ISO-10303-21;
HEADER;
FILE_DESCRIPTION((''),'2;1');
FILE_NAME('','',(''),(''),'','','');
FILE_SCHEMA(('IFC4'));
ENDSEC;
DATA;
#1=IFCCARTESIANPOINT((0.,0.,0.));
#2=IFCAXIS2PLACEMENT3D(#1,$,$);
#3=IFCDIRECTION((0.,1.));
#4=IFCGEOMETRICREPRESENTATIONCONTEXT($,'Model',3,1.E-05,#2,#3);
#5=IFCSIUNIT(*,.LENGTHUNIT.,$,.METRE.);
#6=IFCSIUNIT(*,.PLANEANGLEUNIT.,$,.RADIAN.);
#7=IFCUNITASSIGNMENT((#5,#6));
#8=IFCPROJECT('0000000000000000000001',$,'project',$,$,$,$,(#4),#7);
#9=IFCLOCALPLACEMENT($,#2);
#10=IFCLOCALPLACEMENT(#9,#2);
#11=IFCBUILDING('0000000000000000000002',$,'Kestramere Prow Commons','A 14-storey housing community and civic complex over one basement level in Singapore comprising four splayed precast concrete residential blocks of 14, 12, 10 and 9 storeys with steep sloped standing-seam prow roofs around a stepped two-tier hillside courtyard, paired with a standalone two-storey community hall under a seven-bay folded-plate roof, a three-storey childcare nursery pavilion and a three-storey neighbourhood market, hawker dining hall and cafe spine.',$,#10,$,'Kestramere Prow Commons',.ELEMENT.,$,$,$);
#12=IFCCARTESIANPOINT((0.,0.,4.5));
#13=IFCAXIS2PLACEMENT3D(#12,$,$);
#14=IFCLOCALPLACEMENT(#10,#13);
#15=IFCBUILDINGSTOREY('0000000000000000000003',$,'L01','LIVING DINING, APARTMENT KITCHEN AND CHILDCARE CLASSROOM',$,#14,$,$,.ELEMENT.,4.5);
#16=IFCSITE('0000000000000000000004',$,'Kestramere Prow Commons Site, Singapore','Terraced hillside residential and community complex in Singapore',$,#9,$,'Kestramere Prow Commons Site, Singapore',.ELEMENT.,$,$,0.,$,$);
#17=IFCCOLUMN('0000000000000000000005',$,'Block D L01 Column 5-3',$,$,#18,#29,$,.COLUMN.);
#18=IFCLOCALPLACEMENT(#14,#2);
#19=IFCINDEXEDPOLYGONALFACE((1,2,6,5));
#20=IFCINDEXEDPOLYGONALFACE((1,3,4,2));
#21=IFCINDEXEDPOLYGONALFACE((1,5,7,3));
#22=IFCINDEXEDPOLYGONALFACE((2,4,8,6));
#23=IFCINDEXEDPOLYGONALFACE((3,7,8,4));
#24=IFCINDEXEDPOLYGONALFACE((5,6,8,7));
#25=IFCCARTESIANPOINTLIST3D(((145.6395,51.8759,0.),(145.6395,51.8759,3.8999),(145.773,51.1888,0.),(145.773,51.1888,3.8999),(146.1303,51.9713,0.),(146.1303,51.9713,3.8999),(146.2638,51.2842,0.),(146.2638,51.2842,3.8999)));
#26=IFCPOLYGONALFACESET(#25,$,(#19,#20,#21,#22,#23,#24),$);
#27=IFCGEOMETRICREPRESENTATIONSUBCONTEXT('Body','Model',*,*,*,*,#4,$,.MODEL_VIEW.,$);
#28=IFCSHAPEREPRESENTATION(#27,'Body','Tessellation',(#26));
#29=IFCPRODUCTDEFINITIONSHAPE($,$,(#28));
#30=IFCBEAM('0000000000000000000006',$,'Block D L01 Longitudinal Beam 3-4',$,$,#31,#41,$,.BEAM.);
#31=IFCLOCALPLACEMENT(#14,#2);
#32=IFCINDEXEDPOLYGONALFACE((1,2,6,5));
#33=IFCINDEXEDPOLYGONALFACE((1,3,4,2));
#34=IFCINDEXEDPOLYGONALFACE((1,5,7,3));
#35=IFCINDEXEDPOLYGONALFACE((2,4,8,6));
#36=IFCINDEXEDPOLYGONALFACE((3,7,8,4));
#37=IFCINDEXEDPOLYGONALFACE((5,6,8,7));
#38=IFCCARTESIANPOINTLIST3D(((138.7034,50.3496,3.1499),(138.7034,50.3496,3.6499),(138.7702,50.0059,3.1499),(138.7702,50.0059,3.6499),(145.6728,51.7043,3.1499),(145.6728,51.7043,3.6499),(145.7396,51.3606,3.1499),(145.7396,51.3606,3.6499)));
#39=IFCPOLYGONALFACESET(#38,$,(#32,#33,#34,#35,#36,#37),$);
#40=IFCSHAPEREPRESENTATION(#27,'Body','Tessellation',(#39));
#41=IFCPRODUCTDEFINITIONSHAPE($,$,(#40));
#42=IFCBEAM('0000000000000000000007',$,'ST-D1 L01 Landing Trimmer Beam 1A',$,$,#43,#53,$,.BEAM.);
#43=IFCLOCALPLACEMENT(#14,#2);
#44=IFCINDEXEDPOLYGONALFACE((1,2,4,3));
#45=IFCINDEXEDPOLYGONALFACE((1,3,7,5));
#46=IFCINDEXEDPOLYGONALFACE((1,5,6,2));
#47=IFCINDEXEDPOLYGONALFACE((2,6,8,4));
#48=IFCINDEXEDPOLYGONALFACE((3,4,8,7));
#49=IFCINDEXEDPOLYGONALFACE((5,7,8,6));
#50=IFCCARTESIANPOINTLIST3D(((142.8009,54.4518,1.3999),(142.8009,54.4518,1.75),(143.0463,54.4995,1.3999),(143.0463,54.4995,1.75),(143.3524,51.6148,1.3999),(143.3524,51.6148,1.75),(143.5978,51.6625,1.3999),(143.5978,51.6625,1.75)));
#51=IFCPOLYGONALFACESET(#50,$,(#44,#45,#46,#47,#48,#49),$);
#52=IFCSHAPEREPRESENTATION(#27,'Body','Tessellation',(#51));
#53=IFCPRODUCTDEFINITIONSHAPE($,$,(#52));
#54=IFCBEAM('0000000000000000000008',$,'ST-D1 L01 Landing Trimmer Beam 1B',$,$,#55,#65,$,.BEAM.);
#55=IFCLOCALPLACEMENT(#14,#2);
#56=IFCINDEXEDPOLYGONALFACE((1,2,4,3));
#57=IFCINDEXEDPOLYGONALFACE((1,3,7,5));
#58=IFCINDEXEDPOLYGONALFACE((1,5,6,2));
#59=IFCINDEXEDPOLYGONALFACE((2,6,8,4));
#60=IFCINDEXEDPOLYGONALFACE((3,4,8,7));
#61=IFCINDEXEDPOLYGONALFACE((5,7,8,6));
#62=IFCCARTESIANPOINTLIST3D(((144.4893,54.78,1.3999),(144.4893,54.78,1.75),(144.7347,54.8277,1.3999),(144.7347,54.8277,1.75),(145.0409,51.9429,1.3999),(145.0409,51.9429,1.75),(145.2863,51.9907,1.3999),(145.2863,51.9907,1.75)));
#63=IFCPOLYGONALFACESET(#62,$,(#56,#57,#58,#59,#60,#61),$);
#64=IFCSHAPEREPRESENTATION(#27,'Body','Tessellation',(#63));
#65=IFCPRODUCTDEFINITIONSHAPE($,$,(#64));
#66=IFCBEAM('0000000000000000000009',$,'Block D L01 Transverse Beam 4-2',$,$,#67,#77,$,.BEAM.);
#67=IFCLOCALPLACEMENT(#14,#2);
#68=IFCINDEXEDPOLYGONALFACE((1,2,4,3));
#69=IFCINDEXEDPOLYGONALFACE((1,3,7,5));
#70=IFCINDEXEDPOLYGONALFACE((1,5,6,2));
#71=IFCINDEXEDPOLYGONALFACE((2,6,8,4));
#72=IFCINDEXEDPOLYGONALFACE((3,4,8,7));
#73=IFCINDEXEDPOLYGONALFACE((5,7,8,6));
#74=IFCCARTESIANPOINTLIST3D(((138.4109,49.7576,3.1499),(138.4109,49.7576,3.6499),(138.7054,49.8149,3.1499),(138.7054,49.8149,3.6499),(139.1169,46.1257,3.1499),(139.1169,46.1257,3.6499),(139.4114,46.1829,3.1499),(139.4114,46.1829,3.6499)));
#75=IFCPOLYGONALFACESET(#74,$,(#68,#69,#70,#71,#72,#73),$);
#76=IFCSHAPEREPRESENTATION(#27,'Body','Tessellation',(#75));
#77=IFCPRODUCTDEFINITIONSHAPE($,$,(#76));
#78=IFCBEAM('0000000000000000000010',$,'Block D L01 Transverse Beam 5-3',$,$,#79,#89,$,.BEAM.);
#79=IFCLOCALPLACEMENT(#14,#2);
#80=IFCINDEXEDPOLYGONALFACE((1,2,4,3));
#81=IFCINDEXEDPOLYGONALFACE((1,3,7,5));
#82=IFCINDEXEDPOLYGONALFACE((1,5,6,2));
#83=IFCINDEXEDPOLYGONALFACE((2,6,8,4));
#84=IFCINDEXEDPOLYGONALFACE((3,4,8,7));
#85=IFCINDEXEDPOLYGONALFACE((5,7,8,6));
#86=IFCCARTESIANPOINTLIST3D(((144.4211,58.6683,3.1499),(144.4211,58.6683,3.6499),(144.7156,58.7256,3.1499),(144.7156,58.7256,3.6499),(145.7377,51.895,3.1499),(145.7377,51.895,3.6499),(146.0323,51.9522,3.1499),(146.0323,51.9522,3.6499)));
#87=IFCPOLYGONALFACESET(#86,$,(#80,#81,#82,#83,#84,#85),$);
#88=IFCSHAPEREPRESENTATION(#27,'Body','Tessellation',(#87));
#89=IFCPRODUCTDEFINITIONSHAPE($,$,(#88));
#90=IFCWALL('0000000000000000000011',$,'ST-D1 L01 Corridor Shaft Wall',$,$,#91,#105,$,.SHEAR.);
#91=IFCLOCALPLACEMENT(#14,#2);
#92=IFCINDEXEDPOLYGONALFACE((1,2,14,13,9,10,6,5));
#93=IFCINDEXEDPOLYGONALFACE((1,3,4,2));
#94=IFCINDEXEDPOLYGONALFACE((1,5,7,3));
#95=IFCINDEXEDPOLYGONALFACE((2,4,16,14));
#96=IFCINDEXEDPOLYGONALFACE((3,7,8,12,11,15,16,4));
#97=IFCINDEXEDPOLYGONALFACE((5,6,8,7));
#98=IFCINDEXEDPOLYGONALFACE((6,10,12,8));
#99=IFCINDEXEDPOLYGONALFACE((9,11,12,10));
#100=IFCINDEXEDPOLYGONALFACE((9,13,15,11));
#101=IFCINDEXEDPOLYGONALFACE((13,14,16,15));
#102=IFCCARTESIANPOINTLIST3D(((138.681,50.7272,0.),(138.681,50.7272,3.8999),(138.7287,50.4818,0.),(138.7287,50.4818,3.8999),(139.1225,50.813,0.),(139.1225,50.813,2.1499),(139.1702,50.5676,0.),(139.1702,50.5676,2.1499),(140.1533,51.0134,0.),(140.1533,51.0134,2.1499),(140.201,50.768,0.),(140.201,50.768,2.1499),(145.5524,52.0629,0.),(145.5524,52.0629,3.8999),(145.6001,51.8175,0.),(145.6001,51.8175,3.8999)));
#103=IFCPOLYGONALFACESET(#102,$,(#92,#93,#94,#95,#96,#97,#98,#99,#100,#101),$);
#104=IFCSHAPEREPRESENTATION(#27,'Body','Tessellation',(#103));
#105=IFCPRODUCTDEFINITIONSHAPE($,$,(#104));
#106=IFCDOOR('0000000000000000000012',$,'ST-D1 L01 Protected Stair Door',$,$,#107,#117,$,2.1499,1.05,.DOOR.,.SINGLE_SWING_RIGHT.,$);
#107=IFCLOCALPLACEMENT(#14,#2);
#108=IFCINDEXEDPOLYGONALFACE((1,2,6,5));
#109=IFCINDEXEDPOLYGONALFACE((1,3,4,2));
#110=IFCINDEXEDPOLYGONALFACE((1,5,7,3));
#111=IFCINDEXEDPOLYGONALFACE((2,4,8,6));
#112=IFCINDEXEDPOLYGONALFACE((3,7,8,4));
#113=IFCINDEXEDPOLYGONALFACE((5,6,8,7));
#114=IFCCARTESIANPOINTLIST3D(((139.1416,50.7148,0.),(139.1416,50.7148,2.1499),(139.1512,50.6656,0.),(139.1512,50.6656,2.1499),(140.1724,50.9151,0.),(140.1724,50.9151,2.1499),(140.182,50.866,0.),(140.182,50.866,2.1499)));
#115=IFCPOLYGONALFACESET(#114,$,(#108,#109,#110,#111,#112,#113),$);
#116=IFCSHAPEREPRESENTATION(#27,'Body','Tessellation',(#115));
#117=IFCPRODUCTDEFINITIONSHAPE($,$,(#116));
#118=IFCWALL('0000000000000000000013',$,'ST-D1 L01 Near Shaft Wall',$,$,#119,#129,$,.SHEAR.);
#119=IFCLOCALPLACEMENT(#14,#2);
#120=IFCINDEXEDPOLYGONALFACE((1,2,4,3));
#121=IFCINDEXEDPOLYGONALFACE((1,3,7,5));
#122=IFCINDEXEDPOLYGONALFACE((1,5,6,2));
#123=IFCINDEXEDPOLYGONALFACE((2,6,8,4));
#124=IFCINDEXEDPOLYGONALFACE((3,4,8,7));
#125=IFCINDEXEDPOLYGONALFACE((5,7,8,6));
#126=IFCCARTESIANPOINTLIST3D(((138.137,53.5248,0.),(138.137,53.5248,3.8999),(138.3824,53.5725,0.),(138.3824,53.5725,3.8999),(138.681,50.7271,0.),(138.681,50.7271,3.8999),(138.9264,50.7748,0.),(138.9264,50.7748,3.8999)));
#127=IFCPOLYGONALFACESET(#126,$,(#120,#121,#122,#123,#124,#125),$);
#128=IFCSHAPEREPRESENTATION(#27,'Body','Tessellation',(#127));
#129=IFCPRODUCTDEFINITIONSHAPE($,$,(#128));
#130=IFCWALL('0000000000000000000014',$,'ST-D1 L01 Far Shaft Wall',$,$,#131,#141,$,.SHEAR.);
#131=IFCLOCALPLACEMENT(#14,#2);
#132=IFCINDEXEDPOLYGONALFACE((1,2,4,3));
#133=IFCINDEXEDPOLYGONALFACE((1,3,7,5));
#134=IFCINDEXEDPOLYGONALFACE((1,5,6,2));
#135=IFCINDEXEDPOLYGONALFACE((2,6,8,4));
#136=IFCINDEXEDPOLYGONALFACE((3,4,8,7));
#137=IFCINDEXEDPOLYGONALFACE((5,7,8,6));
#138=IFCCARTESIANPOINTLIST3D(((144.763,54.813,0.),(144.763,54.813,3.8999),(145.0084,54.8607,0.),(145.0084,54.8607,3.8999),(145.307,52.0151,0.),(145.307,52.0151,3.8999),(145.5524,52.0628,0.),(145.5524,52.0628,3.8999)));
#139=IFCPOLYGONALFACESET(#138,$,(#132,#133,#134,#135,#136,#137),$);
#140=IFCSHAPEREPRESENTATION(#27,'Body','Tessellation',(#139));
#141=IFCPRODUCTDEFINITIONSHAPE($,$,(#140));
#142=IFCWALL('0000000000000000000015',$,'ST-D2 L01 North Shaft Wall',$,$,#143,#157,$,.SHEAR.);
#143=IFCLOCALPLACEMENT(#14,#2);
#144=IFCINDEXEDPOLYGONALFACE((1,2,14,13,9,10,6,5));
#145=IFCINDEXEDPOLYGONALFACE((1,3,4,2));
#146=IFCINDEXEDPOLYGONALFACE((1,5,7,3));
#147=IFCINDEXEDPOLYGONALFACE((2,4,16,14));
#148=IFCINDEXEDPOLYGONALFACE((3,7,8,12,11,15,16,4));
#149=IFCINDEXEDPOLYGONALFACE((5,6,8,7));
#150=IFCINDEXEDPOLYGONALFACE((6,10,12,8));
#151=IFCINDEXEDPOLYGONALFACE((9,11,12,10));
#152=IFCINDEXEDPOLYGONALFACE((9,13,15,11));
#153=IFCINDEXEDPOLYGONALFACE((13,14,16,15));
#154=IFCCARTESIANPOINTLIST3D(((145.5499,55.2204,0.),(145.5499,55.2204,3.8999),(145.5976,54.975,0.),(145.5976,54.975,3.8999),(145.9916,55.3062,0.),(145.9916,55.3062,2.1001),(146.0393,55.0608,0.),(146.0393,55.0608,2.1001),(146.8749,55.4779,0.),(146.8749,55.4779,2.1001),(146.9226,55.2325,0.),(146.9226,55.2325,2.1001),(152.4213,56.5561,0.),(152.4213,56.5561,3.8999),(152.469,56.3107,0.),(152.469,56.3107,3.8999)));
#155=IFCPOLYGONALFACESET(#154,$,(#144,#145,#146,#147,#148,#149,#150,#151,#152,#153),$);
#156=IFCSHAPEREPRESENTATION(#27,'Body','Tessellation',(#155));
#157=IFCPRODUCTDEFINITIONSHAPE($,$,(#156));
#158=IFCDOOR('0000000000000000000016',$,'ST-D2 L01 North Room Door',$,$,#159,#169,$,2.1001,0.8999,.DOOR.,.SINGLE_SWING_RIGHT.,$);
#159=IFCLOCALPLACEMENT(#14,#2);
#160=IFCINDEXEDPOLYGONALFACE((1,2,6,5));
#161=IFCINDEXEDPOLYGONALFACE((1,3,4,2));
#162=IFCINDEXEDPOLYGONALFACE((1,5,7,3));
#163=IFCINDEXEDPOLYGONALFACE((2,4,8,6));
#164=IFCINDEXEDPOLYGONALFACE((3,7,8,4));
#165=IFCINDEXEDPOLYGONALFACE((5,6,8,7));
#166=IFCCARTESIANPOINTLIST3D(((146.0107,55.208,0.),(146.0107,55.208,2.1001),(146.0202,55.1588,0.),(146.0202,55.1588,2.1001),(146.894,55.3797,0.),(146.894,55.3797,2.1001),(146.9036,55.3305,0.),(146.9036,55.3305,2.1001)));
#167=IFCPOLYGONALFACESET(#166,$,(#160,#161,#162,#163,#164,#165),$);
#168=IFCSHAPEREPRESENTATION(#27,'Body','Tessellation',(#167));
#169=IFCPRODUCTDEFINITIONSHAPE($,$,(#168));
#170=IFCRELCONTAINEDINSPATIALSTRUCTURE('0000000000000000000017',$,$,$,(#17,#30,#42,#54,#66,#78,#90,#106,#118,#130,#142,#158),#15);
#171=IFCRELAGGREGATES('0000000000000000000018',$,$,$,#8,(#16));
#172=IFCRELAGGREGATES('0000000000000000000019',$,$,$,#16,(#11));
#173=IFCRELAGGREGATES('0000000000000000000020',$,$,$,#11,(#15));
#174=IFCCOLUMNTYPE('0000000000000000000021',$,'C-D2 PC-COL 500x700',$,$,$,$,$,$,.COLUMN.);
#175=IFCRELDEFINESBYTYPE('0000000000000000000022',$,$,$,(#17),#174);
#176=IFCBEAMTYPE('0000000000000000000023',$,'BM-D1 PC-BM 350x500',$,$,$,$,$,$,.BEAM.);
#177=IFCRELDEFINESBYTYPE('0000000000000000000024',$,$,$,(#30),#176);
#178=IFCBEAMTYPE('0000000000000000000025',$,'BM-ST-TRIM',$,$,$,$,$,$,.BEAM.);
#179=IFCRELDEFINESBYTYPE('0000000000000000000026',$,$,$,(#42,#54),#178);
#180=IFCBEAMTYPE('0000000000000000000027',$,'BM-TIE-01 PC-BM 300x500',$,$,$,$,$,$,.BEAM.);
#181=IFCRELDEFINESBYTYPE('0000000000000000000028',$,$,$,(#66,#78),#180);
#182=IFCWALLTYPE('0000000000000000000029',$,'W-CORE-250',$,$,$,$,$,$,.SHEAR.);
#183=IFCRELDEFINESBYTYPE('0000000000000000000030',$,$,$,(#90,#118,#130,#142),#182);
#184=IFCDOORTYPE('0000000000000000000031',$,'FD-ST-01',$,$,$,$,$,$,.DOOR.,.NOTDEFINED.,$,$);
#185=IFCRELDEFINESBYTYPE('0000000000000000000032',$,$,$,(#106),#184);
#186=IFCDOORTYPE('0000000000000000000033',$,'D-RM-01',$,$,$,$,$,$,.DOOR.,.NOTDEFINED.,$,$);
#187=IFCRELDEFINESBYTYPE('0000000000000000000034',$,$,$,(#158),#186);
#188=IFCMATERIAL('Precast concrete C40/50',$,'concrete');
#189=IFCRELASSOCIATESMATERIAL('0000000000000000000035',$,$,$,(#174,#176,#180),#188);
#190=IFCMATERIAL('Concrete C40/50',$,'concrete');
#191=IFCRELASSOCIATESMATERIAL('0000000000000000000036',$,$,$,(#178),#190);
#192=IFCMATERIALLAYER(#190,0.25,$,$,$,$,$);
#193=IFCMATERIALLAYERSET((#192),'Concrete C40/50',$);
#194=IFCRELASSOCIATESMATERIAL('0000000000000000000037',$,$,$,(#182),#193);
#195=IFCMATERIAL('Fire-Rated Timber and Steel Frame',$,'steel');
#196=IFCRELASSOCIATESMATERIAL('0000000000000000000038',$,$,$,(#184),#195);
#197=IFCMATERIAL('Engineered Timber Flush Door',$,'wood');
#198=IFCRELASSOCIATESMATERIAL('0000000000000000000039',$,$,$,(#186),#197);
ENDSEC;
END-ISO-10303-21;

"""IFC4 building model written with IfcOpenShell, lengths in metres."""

from ifc_helpers import new_model, si_unit, direction, frame, frame_2d, origin, origin_2d, place, context, subcontext, project, spatial, rectangle, extrude, material, layer, layer_set, material_profile, profile_set, type_object, element, fill, save


model = new_model("IFC4")

# Units and contexts
model_context = context("Model", 3, precision=1e-05, world=origin(), true_north=direction((0.0, 1.0)))
body_context = subcontext(model_context, "Body", "Model", "MODEL_VIEW")
ifc_project = project(units=[si_unit("LENGTHUNIT", "METRE"), si_unit("PLANEANGLEUNIT", "RADIAN")], contexts=[model_context])

# Site, building, storey
site_placement = place(None, origin())
site = spatial("IfcSite", under=ifc_project, at=site_placement, Name="Kestramere Prow Commons Site, Singapore", Description="Terraced hillside residential and community complex in Singapore", LongName="Kestramere Prow Commons Site, Singapore", CompositionType="ELEMENT", RefElevation=0.0)
building_placement = place(site_placement, origin())
building = spatial("IfcBuilding", under=site, at=building_placement, Name="Kestramere Prow Commons", Description="A 14-storey housing community and civic complex over one basement level in Singapore comprising four splayed precast concrete residential blocks of 14, 12, 10 and 9 storeys with steep sloped standing-seam prow roofs around a stepped two-tier hillside courtyard, paired with a standalone two-storey community hall under a seven-bay folded-plate roof, a three-storey childcare nursery pavilion and a three-storey neighbourhood market, hawker dining hall and cafe spine.", LongName="Kestramere Prow Commons", CompositionType="ELEMENT")
storey_placement = place(building_placement, frame((0.0, 0.0, 4.5)))
storey = spatial("IfcBuildingStorey", under=building, at=storey_placement, Name="L01", Description="LIVING DINING, APARTMENT KITCHEN AND CHILDCARE CLASSROOM", CompositionType="ELEMENT", Elevation=4.5)

# Column
ifc_material_1 = material(Name="Precast concrete C40/50", Category="concrete")
ifc_material_profile_1 = material_profile(ifc_material_1, rectangle(XDim=0.5, YDim=0.7, at=origin_2d()), Name="PC-COL 500x700")
ifc_profile_set_1 = profile_set([ifc_material_profile_1], Name="Precast concrete C40/50")
column_type = type_object("IfcColumnType", Name="C-D2 PC-COL 500x700", PredefinedType="COLUMN", material=ifc_profile_set_1)
column_placement = place(storey_placement, frame((145.9517, 51.5801, 0.0), z_axis=(0.0, 0.0, 1.0), x_axis=(0.981627, 0.190809, 0.0)))
element("IfcColumn", 1, at=column_placement, inside=storey, type_object=column_type, Name="Block D L01 Column 5-3", PredefinedType="COLUMN", context=body_context, shape_type="SweptSolid", body=[
    extrude(rectangle(XDim=0.5, YDim=0.7, at=origin_2d()), origin(), (0.0, 0.0, 1.0), 3.8999),
])

# Beams
ifc_material_profile_2 = material_profile(ifc_material_1, rectangle(XDim=0.3501, YDim=0.5, at=origin_2d()), Name="PC-BM 350x500")
ifc_profile_set_2 = profile_set([ifc_material_profile_2], Name="Precast concrete C40/50")
beam_type_1 = type_object("IfcBeamType", Name="BM-D1 PC-BM 350x500", PredefinedType="BEAM", material=ifc_profile_set_2)
beam_1_placement = place(storey_placement, frame((138.7368, 50.1777, 3.3999), z_axis=(0.981627, 0.19081, 0.0), x_axis=(-0.19081, 0.981627, 0.0)))
element("IfcBeam", 2, at=beam_1_placement, inside=storey, type_object=beam_type_1, Name="Block D L01 Longitudinal Beam 3-4", PredefinedType="BEAM", context=body_context, shape_type="SweptSolid", body=[
    extrude(rectangle(XDim=0.3501, YDim=0.5, at=origin_2d()), origin(), (0.0, 0.0, 1.0), 7.0999),
])
ifc_material_2 = material(Name="Concrete C40/50", Category="concrete")
ifc_material_profile_3 = material_profile(ifc_material_2, rectangle(XDim=0.25, YDim=0.3501, at=origin_2d()), Name="PC-BM 250x350")
ifc_profile_set_3 = profile_set([ifc_material_profile_3], Name="Concrete C40/50")
beam_type_2 = type_object("IfcBeamType", Name="BM-ST-TRIM", PredefinedType="BEAM", material=ifc_profile_set_3)
for number, where, z_axis, x_axis, name in (
    (3, (143.4751, 51.6387, 1.575), (-0.190833, 0.981622, 0.0), (-0.981622, -0.190833, 0.0), "ST-D1 L01 Landing Trimmer Beam 1A"),
    (4, (145.1636, 51.9668, 1.575), (-0.190833, 0.981622, 0.0), (-0.981622, -0.190833, 0.0), "ST-D1 L01 Landing Trimmer Beam 1B"),
):
    element("IfcBeam", number, at=place(storey_placement, frame(where, z_axis=z_axis, x_axis=x_axis)), inside=storey, type_object=beam_type_2, Name=name, PredefinedType="BEAM", context=body_context, shape_type="SweptSolid", body=[
        extrude(rectangle(XDim=0.25, YDim=0.3501, at=origin_2d()), origin(), (0.0, 0.0, 1.0), 2.8901),
    ])
ifc_material_profile_4 = material_profile(ifc_material_1, rectangle(XDim=0.3, YDim=0.5, at=origin_2d()), Name="PC-BM 300x500")
ifc_profile_set_4 = profile_set([ifc_material_profile_4], Name="Precast concrete C40/50")
beam_type_3 = type_object("IfcBeamType", Name="BM-TIE-01 PC-BM 300x500", PredefinedType="BEAM", material=ifc_profile_set_4)
beam_2_placement = place(storey_placement, frame((139.2642, 46.1543, 3.3999), z_axis=(-0.190822, 0.981625, 0.0), x_axis=(-0.981625, -0.190822, 0.0)))
element("IfcBeam", 5, at=beam_2_placement, inside=storey, type_object=beam_type_3, Name="Block D L01 Transverse Beam 4-2", PredefinedType="BEAM", context=body_context, shape_type="SweptSolid", body=[
    extrude(rectangle(XDim=0.3, YDim=0.5, at=origin_2d()), origin(), (0.0, 0.0, 1.0), 3.7),
])
beam_3_placement = place(storey_placement, frame((145.885, 51.9236, 3.3999), z_axis=(-0.190813, 0.981626, 0.0), x_axis=(-0.981626, -0.190813, 0.0)))
element("IfcBeam", 6, at=beam_3_placement, inside=storey, type_object=beam_type_3, Name="Block D L01 Transverse Beam 5-3", PredefinedType="BEAM", context=body_context, shape_type="SweptSolid", body=[
    extrude(rectangle(XDim=0.3, YDim=0.5, at=origin_2d()), origin(), (0.0, 0.0, 1.0), 6.9001),
])

# Wall, opening, door
ifc_layer_1 = layer(ifc_material_2, 0.25)
ifc_layer_set_1 = layer_set([ifc_layer_1], Name="Concrete C40/50")
wall_type_1 = type_object("IfcWallType", Name="W-CORE-250", PredefinedType="SHEAR", material=ifc_layer_set_1)
wall_1_placement = place(storey_placement, frame((138.7048, 50.6045, 0.0), z_axis=(0.0, 0.0, 1.0), x_axis=(0.981626, 0.190815, 0.0)))
wall_1 = element("IfcWall", 7, at=wall_1_placement, inside=storey, type_object=wall_type_1, Name="ST-D1 L01 Corridor Shaft Wall", PredefinedType="SHEAR", context=body_context, shape_type="SweptSolid", body=[
    extrude(rectangle(XDim=7.0, YDim=0.25, at=frame_2d((3.5, 0.0))), origin(), (0.0, 0.0, 1.0), 3.8999),
])
opening_1_placement = place(wall_1_placement, frame((0.45, 0.0, 0.0)))
opening_1 = element("IfcOpeningElement", 8, at=opening_1_placement, cuts=wall_1, PredefinedType="OPENING", context=body_context, shape_type="SweptSolid", body=[
    extrude(rectangle(XDim=1.05, YDim=2.1499, at=frame_2d((0.5249, 1.075))), frame((0.0, 0.1399, 0.0), z_axis=(0.0, -1.0, 0.0), x_axis=(1.0, 0.0, 0.0)), (0.0, 0.0, 1.0), 0.28),
])
ifc_material_3 = material(Name="Fire-Rated Timber and Steel Frame", Category="steel")
door_type_1 = type_object("IfcDoorType", Name="FD-ST-01", OperationType="NOTDEFINED", PredefinedType="DOOR", material=ifc_material_3)
door_1_placement = place(opening_1_placement, origin())
door_1 = element("IfcDoor", 9, at=door_1_placement, inside=storey, type_object=door_type_1, Name="ST-D1 L01 Protected Stair Door", OperationType="SINGLE_SWING_RIGHT", OverallHeight=2.1499, OverallWidth=1.05, PredefinedType="DOOR", context=body_context, shape_type="SweptSolid", body=[
    extrude(rectangle(XDim=1.05, YDim=2.1499, at=frame_2d((0.5249, 1.075))), frame((0.0, 0.0249, 0.0), z_axis=(0.0, -1.0, 0.0), x_axis=(1.0, 0.0, 0.0)), (0.0, 0.0, 1.0), 0.05),
])
fill(opening_1, door_1)

# Walls
wall_2_placement = place(storey_placement, frame((138.8037, 50.751, 0.0), z_axis=(0.0, 0.0, 1.0), x_axis=(-0.190858, 0.981618, 0.0)))
element("IfcWall", 10, at=wall_2_placement, inside=storey, type_object=wall_type_1, Name="ST-D1 L01 Near Shaft Wall", PredefinedType="SHEAR", context=body_context, shape_type="SweptSolid", body=[
    extrude(rectangle(XDim=2.8501, YDim=0.25, at=frame_2d((1.425, 0.0))), origin(), (0.0, 0.0, 1.0), 3.8999),
])
wall_3_placement = place(storey_placement, frame((145.4297, 52.0388, 0.0), z_axis=(0.0, 0.0, 1.0), x_axis=(-0.190842, 0.981621, 0.0)))
element("IfcWall", 11, at=wall_3_placement, inside=storey, type_object=wall_type_1, Name="ST-D1 L01 Far Shaft Wall", PredefinedType="SHEAR", context=body_context, shape_type="SweptSolid", body=[
    extrude(rectangle(XDim=2.8503, YDim=0.25, at=frame_2d((1.4253, 0.0))), origin(), (0.0, 0.0, 1.0), 3.8999),
])

# Wall, opening, door
wall_4_placement = place(storey_placement, frame((145.5737, 55.0977, 0.0), z_axis=(0.0, 0.0, 1.0), x_axis=(0.981626, 0.190815, 0.0)))
wall_4 = element("IfcWall", 12, at=wall_4_placement, inside=storey, type_object=wall_type_1, Name="ST-D2 L01 North Shaft Wall", PredefinedType="SHEAR", context=body_context, shape_type="SweptSolid", body=[
    extrude(rectangle(XDim=7.0, YDim=0.25, at=frame_2d((3.5, 0.0))), origin(), (0.0, 0.0, 1.0), 3.8999),
])
opening_2_placement = place(wall_4_placement, frame((0.45, 0.0, 0.0)))
opening_2 = element("IfcOpeningElement", 13, at=opening_2_placement, cuts=wall_4, PredefinedType="OPENING", context=body_context, shape_type="SweptSolid", body=[
    extrude(rectangle(XDim=0.8999, YDim=2.1001, at=frame_2d((0.45, 1.05))), frame((0.0, 0.1399, 0.0), z_axis=(0.0, -1.0, 0.0), x_axis=(1.0, 0.0, 0.0)), (0.0, 0.0, 1.0), 0.28),
])
ifc_material_4 = material(Name="Engineered Timber Flush Door", Category="wood")
door_type_2 = type_object("IfcDoorType", Name="D-RM-01", OperationType="NOTDEFINED", PredefinedType="DOOR", material=ifc_material_4)
door_2_placement = place(opening_2_placement, origin())
door_2 = element("IfcDoor", 14, at=door_2_placement, inside=storey, type_object=door_type_2, Name="ST-D2 L01 North Room Door", OperationType="SINGLE_SWING_RIGHT", OverallHeight=2.1001, OverallWidth=0.8999, PredefinedType="DOOR", context=body_context, shape_type="SweptSolid", body=[
    extrude(rectangle(XDim=0.8999, YDim=2.1001, at=frame_2d((0.45, 1.05))), frame((0.0, 0.0249, 0.0), z_axis=(0.0, -1.0, 0.0), x_axis=(1.0, 0.0, 0.0)), (0.0, 0.0, 1.0), 0.05),
])
fill(opening_2, door_2)

save(model, "model.ifc")
